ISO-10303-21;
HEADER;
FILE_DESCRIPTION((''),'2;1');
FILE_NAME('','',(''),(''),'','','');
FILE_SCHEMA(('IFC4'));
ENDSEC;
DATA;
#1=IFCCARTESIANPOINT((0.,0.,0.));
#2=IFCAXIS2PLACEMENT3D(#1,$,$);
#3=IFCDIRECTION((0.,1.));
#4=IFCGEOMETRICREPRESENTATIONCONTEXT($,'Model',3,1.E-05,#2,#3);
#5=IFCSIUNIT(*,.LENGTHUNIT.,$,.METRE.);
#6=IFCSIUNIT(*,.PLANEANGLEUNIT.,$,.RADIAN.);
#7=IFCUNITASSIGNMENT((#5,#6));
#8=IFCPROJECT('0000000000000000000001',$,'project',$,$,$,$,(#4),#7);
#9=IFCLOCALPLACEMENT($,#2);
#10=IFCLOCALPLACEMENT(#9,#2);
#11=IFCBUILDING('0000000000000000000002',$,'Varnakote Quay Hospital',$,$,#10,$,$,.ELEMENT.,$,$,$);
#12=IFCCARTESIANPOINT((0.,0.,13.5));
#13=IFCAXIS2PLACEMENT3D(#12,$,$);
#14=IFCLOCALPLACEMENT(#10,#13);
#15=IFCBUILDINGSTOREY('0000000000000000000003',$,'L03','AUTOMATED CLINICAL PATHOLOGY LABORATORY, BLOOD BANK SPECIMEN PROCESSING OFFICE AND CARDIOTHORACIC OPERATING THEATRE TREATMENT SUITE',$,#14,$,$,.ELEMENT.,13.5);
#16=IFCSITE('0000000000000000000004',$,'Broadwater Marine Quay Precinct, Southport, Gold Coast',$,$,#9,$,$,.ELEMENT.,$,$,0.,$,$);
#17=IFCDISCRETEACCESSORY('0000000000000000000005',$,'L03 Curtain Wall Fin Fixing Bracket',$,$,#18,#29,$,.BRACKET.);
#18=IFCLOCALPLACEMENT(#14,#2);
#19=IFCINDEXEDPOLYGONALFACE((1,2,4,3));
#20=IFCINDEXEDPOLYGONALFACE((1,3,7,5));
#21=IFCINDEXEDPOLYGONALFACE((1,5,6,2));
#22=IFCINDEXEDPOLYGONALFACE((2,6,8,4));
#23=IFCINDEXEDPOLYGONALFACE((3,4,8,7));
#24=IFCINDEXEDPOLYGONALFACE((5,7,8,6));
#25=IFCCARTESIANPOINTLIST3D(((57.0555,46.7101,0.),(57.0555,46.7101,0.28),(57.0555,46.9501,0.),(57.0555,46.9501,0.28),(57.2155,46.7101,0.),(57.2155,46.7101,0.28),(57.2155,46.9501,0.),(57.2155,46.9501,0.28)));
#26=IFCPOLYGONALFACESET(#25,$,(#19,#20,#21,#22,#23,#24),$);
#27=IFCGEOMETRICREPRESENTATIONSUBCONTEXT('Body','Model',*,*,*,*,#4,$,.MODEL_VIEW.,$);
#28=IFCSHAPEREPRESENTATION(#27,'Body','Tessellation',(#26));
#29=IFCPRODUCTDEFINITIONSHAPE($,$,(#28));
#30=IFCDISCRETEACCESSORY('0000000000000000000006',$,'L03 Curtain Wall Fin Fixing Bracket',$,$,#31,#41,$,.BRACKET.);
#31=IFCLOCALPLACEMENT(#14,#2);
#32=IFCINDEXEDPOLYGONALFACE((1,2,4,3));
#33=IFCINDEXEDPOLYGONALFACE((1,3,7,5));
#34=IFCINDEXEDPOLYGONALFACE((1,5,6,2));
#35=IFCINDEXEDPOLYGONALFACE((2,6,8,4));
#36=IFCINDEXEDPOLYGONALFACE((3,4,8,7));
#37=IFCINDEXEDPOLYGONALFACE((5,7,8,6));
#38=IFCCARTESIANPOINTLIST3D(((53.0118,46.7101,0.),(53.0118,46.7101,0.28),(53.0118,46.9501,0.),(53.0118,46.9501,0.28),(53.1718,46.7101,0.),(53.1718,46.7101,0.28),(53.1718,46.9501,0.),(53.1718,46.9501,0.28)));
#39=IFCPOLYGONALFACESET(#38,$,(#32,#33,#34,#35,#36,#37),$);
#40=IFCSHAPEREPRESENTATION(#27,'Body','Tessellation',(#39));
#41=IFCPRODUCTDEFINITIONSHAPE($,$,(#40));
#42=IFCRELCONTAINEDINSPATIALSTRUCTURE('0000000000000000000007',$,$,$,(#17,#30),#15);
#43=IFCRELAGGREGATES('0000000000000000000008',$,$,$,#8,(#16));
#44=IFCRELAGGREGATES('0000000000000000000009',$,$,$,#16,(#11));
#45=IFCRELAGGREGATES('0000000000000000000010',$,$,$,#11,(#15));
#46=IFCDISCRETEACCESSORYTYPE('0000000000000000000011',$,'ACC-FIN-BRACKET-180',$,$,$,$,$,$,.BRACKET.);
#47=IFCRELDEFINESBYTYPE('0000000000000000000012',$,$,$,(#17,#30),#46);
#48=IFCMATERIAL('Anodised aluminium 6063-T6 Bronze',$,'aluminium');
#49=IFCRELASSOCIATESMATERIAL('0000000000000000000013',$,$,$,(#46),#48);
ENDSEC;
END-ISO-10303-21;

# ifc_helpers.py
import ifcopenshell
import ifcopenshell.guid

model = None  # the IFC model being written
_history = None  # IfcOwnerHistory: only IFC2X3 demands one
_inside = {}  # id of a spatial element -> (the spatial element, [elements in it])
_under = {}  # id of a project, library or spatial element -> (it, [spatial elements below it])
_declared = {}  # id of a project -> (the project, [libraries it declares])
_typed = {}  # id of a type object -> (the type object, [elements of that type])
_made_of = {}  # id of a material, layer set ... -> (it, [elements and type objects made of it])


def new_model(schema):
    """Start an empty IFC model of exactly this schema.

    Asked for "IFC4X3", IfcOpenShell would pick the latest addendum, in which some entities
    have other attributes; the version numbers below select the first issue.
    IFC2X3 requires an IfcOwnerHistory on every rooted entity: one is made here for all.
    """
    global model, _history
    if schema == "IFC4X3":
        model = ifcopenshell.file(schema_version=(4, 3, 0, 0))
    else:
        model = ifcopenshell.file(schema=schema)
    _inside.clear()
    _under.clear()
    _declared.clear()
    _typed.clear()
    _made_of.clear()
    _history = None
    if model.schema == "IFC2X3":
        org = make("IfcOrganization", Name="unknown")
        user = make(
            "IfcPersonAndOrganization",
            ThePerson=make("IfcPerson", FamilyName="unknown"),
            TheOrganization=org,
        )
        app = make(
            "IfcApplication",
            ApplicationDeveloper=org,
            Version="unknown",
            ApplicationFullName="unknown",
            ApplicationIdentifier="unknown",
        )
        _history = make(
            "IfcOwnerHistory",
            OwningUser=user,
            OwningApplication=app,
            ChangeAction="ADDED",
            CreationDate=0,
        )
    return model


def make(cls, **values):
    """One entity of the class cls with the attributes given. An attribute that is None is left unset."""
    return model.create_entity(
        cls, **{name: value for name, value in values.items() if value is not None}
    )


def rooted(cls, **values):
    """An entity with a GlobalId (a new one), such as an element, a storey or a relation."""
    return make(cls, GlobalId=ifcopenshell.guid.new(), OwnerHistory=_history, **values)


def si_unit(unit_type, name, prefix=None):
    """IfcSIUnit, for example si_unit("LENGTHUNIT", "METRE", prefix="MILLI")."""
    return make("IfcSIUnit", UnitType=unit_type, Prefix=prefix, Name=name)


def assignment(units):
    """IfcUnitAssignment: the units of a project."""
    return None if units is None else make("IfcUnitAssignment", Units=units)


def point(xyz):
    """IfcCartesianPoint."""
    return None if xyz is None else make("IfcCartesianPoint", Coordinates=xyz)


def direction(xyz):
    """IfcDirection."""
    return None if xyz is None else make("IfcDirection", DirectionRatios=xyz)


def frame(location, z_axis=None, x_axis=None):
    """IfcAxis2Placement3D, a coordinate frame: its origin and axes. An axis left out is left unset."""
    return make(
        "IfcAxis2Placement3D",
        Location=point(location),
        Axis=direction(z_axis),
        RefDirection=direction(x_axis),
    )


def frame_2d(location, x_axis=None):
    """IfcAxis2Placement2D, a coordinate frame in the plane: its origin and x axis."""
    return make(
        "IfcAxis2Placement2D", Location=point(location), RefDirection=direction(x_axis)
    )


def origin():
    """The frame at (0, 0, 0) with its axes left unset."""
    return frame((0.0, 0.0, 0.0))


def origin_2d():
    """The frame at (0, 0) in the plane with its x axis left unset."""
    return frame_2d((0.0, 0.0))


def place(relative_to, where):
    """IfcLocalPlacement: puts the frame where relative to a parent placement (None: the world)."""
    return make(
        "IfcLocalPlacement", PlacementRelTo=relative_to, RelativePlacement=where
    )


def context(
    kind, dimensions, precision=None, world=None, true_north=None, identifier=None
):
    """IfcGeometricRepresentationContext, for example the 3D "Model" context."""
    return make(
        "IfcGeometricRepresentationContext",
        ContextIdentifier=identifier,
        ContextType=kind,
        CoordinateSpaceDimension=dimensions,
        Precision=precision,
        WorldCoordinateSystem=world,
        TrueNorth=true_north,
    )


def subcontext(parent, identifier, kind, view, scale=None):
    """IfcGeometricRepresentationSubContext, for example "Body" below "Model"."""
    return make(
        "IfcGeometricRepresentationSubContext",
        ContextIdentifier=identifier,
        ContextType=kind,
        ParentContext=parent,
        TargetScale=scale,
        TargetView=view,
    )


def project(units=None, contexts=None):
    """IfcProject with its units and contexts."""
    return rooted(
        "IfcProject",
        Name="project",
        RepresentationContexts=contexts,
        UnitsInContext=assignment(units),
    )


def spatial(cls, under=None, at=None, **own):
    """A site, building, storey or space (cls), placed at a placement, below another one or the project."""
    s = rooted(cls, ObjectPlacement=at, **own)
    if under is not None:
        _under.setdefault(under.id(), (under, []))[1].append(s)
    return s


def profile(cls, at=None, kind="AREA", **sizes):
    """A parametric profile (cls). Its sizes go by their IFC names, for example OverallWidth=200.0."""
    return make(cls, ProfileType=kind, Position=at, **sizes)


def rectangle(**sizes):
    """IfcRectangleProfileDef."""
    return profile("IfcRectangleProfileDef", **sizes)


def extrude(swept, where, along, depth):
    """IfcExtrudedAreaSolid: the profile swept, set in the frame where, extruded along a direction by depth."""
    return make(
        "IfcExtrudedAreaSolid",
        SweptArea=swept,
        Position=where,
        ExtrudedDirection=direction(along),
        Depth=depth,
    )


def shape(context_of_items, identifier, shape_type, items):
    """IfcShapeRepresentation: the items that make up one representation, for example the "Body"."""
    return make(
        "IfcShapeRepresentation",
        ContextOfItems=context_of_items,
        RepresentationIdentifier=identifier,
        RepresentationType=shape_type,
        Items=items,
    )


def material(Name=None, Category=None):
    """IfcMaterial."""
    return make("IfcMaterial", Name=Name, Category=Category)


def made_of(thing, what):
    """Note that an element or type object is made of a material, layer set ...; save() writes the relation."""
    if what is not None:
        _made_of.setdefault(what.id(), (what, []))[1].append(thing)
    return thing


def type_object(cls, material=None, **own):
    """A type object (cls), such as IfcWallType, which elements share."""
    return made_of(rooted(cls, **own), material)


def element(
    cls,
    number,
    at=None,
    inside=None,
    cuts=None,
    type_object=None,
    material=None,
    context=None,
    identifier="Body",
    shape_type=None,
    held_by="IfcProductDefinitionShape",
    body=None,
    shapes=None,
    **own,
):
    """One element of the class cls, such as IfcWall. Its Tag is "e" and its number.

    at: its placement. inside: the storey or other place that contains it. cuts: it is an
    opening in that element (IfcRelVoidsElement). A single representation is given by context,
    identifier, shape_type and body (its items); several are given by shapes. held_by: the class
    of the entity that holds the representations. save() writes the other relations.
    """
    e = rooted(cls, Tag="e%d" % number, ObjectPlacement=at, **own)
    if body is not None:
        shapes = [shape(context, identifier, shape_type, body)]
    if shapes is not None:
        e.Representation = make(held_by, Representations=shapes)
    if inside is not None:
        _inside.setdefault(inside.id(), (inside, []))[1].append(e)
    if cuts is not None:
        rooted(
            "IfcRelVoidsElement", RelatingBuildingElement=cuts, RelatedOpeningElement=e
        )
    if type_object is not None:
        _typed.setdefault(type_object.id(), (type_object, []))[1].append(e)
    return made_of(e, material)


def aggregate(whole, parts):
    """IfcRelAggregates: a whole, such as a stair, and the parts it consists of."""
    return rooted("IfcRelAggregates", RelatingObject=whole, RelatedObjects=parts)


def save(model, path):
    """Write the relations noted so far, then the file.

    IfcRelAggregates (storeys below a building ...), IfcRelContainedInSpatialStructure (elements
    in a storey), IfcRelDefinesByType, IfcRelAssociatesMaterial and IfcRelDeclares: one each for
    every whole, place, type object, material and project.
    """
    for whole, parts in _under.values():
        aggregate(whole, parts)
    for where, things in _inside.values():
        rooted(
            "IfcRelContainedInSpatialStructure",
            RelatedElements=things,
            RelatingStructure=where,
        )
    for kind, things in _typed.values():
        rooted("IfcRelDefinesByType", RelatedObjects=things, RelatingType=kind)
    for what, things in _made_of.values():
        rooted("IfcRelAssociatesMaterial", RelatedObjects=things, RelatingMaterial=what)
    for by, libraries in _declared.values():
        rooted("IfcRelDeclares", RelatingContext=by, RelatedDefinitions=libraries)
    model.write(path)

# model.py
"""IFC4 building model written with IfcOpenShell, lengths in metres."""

from ifc_helpers import new_model, si_unit, direction, frame, origin, origin_2d, place, context, subcontext, project, spatial, rectangle, extrude, material, type_object, element, save


model = new_model("IFC4")

# Units and contexts
model_context = context("Model", 3, precision=1e-05, world=origin(), true_north=direction((0.0, 1.0)))
body_context = subcontext(model_context, "Body", "Model", "MODEL_VIEW")
ifc_project = project(units=[si_unit("LENGTHUNIT", "METRE"), si_unit("PLANEANGLEUNIT", "RADIAN")], contexts=[model_context])

# Site, building, storey
site_placement = place(None, origin())
site = spatial("IfcSite", under=ifc_project, at=site_placement, Name="Broadwater Marine Quay Precinct, Southport, Gold Coast", CompositionType="ELEMENT", RefElevation=0.0)
building_placement = place(site_placement, origin())
building = spatial("IfcBuilding", under=site, at=building_placement, Name="Varnakote Quay Hospital", CompositionType="ELEMENT")
storey_placement = place(building_placement, frame((0.0, 0.0, 13.5)))
storey = spatial("IfcBuildingStorey", under=building, at=storey_placement, Name="L03", Description="AUTOMATED CLINICAL PATHOLOGY LABORATORY, BLOOD BANK SPECIMEN PROCESSING OFFICE AND CARDIOTHORACIC OPERATING THEATRE TREATMENT SUITE", CompositionType="ELEMENT", Elevation=13.5)

# Discrete accessories
ifc_material_1 = material(Name="Anodised aluminium 6063-T6 Bronze", Category="aluminium")
discrete_accessory_type = type_object("IfcDiscreteAccessoryType", Name="ACC-FIN-BRACKET-180", PredefinedType="BRACKET", material=ifc_material_1)
for number, where, z_axis, x_axis, name in (
    (1, (57.1355, 46.8301, 0.0), (0.0, 0.0, 1.0), (-1.0, 0.0, 0.0), "L03 Curtain Wall Fin Fixing Bracket"),
    (2, (53.0918, 46.8301, 0.0), (0.0, 0.0, 1.0), (-1.0, 0.0, 0.0), "L03 Curtain Wall Fin Fixing Bracket"),
):
    element("IfcDiscreteAccessory", number, at=place(storey_placement, frame(where, z_axis=z_axis, x_axis=x_axis)), inside=storey, type_object=discrete_accessory_type, Name=name, PredefinedType="BRACKET", context=body_context, shape_type="SweptSolid", body=[
        extrude(rectangle(XDim=0.1599, YDim=0.24, at=origin_2d()), origin(), (0.0, 0.0, 1.0), 0.28),
    ])

save(model, "model.ifc")
